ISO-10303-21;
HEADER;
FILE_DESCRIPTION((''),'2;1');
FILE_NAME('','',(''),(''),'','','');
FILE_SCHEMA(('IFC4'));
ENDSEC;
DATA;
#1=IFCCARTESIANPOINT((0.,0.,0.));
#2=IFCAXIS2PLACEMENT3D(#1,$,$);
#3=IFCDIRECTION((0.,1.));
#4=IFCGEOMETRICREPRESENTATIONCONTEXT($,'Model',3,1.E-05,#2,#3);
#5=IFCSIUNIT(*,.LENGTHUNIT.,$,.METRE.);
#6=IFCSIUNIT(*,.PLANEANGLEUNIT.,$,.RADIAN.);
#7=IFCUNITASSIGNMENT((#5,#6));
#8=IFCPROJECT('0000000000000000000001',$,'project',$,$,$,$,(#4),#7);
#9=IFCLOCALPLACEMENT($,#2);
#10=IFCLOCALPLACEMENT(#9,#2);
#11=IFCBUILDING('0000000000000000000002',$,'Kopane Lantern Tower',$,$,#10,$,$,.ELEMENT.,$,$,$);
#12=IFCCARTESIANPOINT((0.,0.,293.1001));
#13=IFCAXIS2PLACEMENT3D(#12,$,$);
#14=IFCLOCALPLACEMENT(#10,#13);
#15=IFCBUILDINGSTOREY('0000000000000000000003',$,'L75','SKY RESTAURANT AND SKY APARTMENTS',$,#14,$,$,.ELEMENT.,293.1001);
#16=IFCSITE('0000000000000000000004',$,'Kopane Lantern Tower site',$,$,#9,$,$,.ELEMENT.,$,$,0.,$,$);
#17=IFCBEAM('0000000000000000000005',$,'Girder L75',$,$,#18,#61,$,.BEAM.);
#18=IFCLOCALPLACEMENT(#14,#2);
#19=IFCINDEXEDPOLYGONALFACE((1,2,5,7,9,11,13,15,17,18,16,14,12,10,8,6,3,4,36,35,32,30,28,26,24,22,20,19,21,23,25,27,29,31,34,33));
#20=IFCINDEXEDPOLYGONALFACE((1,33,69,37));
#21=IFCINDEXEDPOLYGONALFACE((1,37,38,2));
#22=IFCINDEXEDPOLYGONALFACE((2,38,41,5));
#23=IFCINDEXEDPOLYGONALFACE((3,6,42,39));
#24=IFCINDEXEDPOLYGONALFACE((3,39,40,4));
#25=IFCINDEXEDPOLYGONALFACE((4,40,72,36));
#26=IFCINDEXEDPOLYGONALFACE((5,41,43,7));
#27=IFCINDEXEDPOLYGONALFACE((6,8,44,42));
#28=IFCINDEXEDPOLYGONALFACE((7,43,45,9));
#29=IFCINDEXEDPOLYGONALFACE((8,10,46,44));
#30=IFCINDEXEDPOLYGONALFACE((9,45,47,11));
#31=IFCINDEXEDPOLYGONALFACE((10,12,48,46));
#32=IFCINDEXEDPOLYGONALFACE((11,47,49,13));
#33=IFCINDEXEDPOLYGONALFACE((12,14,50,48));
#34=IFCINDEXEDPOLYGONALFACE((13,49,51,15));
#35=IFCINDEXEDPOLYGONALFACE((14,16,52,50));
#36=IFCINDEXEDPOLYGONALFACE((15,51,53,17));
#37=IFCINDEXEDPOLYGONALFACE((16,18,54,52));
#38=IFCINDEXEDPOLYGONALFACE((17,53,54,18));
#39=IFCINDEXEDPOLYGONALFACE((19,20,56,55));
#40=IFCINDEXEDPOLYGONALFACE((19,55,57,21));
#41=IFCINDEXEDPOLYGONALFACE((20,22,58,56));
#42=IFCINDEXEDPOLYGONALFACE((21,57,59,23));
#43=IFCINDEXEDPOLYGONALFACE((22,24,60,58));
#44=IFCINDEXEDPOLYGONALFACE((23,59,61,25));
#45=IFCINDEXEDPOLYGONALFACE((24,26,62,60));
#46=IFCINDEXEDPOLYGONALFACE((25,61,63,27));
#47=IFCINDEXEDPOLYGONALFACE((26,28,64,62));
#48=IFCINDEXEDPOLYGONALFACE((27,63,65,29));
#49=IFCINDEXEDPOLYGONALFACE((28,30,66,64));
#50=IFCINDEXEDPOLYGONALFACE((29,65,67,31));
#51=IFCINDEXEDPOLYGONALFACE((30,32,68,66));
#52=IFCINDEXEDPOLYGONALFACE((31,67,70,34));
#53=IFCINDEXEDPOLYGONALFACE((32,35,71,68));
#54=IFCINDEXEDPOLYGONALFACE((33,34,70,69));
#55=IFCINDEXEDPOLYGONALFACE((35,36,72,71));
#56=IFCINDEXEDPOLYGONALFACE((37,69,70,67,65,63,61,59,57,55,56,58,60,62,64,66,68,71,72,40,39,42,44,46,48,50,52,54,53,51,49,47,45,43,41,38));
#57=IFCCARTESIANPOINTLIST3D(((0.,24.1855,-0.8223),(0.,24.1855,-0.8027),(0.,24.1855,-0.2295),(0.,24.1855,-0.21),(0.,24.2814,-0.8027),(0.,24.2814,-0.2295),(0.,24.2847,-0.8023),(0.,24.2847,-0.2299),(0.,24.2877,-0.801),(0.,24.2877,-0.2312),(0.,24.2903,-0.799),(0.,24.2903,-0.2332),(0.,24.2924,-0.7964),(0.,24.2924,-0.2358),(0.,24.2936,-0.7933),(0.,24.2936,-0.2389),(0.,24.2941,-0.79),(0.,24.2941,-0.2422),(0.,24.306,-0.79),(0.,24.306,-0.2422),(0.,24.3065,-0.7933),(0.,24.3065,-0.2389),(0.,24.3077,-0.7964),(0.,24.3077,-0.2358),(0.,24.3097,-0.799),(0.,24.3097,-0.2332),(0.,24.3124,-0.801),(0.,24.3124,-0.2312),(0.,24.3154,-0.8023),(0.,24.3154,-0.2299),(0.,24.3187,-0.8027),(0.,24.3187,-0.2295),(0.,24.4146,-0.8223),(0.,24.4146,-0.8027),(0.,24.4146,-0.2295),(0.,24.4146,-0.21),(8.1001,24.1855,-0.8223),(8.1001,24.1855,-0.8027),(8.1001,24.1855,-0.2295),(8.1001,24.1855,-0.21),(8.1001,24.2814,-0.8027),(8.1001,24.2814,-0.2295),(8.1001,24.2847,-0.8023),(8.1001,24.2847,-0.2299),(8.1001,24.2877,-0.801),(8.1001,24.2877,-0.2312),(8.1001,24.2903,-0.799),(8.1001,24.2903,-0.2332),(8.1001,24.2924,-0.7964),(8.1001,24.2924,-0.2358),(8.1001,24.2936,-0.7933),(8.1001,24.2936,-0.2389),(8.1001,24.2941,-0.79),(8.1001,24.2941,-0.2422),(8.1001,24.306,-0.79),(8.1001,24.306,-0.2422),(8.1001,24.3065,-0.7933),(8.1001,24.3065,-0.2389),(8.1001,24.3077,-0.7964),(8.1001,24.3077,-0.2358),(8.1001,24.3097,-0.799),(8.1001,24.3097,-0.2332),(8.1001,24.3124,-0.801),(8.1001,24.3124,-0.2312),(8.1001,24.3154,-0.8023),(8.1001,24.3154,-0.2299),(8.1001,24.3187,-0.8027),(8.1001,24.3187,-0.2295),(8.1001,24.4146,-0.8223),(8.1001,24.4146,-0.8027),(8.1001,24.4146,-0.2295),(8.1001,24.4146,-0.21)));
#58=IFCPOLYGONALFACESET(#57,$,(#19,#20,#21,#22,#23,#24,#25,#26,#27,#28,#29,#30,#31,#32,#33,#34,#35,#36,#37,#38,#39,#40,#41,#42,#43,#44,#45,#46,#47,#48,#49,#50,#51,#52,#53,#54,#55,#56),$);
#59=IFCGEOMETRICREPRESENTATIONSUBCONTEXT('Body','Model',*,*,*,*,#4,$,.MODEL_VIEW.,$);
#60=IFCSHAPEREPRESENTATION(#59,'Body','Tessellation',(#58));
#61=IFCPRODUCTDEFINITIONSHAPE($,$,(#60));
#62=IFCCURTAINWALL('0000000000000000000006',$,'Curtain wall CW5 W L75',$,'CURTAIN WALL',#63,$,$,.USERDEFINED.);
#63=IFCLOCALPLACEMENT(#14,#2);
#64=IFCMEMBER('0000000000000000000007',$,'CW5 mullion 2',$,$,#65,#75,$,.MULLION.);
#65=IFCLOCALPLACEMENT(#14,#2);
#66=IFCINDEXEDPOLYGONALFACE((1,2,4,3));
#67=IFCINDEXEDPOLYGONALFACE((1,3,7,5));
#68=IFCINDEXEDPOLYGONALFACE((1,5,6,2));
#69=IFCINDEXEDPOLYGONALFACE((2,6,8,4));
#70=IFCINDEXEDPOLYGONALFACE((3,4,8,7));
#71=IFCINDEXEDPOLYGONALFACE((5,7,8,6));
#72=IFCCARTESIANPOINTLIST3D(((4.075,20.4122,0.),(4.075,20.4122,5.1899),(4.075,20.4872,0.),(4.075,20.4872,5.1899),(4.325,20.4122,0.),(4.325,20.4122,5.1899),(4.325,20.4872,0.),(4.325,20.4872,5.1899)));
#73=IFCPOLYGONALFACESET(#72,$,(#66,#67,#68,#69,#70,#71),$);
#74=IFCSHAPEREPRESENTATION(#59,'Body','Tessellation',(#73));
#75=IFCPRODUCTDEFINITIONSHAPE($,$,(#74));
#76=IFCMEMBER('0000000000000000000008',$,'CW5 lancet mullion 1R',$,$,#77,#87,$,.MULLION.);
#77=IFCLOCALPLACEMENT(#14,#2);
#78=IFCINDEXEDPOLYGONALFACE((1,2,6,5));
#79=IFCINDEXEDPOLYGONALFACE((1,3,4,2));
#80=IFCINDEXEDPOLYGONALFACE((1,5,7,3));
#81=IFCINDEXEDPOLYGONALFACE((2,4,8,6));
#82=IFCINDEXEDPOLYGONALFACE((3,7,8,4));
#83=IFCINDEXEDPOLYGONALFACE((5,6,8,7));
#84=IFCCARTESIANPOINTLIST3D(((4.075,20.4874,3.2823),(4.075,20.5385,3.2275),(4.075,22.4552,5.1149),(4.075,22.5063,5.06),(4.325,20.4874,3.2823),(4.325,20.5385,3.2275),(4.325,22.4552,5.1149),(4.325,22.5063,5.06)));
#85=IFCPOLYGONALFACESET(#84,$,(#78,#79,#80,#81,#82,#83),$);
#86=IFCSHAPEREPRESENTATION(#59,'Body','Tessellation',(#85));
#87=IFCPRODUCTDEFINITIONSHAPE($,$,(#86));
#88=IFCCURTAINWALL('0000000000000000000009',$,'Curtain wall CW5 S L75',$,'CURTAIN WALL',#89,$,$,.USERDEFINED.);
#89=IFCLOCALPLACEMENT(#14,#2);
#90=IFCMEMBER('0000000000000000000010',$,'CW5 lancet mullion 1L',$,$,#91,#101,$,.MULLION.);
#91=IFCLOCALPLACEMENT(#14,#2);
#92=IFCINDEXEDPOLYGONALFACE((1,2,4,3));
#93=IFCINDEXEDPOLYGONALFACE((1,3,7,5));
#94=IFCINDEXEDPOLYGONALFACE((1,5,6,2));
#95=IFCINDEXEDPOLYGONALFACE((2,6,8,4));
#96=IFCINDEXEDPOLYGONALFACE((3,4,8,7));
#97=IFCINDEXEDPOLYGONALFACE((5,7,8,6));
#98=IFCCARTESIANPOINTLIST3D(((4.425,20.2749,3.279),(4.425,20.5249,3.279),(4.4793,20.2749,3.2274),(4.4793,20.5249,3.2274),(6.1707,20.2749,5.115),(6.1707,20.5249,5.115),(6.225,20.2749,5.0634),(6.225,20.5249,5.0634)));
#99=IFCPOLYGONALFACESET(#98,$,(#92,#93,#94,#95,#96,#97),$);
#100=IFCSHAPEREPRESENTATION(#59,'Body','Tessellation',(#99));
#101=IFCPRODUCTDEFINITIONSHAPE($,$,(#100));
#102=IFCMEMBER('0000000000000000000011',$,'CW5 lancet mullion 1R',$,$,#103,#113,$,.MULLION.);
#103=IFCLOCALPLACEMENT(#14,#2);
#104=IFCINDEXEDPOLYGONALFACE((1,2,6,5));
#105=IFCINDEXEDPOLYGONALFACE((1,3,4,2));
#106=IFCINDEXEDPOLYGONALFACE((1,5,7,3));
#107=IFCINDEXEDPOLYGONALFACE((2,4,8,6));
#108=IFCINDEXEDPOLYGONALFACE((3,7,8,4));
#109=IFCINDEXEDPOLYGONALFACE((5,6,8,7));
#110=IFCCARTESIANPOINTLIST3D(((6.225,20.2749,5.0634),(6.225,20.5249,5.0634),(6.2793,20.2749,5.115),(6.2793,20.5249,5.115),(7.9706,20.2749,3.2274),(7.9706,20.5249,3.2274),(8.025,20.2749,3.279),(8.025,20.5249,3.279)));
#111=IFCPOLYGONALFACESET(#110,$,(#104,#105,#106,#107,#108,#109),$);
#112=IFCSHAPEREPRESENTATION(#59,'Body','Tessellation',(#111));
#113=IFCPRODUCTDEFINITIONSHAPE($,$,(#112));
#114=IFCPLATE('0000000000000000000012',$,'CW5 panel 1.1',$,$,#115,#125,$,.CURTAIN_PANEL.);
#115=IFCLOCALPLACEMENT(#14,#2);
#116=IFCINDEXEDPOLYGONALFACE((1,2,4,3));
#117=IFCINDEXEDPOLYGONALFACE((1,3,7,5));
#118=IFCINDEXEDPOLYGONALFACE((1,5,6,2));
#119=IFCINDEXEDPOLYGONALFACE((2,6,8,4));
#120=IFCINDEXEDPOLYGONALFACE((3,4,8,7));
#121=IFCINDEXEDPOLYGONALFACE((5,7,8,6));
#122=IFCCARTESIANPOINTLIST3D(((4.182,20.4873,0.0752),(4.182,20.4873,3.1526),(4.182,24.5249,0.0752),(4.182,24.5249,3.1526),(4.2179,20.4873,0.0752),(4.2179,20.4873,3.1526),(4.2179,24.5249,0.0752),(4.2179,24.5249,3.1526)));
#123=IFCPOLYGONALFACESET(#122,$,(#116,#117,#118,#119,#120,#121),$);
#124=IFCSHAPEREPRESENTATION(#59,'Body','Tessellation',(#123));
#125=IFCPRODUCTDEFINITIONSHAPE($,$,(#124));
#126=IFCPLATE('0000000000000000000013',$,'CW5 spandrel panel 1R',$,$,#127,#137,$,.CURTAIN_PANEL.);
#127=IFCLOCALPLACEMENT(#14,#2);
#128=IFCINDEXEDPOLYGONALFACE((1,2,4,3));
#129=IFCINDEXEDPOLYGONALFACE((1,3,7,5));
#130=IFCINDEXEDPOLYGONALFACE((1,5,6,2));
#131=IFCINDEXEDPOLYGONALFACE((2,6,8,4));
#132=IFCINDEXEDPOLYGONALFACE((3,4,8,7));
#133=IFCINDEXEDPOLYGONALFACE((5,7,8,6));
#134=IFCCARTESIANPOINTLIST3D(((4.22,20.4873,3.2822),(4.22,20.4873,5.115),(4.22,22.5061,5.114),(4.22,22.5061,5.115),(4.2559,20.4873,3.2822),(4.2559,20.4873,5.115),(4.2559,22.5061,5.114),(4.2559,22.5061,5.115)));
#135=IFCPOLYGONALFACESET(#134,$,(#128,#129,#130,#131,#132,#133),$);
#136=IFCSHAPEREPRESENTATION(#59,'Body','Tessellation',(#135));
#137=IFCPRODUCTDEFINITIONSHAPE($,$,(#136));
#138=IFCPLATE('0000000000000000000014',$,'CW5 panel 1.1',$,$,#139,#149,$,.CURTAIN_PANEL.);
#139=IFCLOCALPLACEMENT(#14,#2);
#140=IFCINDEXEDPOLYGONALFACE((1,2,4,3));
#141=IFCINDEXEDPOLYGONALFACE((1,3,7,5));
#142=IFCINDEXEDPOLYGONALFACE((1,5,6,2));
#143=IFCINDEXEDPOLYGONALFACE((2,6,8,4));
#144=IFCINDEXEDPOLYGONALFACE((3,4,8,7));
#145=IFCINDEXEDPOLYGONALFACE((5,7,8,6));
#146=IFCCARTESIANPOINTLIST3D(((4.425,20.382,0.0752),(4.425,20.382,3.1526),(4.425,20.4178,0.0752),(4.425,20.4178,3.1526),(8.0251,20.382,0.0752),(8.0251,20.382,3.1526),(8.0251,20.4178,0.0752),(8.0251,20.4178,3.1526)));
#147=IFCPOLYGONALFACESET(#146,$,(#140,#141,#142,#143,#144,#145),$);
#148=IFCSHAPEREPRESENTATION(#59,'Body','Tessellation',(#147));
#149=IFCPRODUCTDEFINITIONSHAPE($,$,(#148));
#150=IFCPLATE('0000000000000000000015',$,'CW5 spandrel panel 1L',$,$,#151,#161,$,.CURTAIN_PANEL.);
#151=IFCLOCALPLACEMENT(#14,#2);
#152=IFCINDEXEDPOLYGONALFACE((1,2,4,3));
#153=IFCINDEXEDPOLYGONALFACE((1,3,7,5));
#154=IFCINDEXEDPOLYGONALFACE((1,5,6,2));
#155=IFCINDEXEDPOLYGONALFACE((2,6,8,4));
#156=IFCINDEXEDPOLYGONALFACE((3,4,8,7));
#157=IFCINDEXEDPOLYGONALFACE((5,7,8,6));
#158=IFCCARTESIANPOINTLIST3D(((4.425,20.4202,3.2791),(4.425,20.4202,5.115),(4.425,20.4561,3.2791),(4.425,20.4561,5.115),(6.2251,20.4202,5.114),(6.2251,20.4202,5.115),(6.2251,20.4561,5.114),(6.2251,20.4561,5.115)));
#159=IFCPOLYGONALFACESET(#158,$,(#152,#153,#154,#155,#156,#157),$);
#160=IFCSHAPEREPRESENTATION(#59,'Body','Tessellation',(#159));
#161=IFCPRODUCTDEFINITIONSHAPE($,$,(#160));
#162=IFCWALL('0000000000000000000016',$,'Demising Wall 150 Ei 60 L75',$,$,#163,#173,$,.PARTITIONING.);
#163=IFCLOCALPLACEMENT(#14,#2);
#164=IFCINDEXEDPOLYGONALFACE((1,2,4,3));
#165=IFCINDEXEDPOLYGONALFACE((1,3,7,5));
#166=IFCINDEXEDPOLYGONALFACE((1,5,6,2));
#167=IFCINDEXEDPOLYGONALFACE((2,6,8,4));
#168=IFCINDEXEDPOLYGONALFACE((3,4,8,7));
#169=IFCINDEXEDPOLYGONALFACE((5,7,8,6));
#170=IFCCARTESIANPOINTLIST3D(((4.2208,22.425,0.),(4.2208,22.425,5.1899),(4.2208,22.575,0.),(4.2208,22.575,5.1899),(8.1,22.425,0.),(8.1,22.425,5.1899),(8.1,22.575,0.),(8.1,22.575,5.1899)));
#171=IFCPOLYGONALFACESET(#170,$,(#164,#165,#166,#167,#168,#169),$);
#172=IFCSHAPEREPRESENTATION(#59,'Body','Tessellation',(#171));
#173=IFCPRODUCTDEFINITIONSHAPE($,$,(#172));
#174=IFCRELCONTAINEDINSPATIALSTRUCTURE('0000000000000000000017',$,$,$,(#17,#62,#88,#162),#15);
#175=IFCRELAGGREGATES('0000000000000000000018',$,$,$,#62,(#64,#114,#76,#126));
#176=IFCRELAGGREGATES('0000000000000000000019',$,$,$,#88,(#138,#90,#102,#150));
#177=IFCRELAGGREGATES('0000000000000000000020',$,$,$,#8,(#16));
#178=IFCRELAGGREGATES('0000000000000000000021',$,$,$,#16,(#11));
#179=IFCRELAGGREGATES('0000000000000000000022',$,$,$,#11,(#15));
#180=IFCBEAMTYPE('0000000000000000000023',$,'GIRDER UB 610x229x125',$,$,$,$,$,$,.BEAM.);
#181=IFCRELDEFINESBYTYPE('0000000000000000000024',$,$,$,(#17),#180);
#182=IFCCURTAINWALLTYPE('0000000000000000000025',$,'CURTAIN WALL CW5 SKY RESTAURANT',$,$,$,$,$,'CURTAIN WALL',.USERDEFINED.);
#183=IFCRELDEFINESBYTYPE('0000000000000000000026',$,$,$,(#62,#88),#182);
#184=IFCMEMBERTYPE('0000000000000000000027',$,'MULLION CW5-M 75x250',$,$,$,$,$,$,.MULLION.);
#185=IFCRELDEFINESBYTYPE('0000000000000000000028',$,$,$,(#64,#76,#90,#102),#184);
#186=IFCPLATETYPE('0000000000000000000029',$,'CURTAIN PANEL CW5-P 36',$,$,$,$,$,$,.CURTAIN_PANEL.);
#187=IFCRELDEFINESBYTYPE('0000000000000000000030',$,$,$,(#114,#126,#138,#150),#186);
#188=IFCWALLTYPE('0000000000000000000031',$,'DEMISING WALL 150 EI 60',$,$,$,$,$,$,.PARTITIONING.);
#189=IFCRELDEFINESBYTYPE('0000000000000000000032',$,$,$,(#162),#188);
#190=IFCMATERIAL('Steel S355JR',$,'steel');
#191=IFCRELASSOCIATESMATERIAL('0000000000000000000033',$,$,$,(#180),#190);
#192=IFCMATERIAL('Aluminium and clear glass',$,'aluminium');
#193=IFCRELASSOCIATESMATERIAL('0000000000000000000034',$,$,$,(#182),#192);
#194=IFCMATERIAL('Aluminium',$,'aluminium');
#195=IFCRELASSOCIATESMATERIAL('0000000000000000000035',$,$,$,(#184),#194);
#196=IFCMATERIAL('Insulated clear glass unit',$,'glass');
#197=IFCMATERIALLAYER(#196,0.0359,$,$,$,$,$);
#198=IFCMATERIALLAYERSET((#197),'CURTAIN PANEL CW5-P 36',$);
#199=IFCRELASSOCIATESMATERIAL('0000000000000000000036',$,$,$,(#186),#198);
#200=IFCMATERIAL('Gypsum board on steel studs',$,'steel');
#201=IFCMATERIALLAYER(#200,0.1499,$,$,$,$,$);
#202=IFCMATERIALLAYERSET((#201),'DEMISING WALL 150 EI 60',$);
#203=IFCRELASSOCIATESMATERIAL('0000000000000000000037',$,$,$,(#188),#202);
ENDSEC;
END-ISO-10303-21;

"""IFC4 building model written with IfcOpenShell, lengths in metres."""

from ifc_helpers import new_model, si_unit, direction, frame, frame_2d, origin, origin_2d, place, context, subcontext, project, spatial, polyline, rectangle, i_section, outline, extrude, material, layer, layer_set, material_profile, profile_set, type_object, element, aggregate, save


model = new_model("IFC4")

# Units and contexts
model_context = context("Model", 3, precision=1e-05, world=origin(), true_north=direction((0.0, 1.0)))
body_context = subcontext(model_context, "Body", "Model", "MODEL_VIEW")
ifc_project = project(units=[si_unit("LENGTHUNIT", "METRE"), si_unit("PLANEANGLEUNIT", "RADIAN")], contexts=[model_context])

# Site, building, storey
site_placement = place(None, origin())
site = spatial("IfcSite", under=ifc_project, at=site_placement, Name="Kopane Lantern Tower site", CompositionType="ELEMENT", RefElevation=0.0)
building_placement = place(site_placement, origin())
building = spatial("IfcBuilding", under=site, at=building_placement, Name="Kopane Lantern Tower", CompositionType="ELEMENT")
storey_placement = place(building_placement, frame((0.0, 0.0, 293.1001)))
storey = spatial("IfcBuildingStorey", under=building, at=storey_placement, Name="L75", Description="SKY RESTAURANT AND SKY APARTMENTS", CompositionType="ELEMENT", Elevation=293.1001)

# Beam
ifc_material_1 = material(Name="Steel S355JR", Category="steel")
ifc_material_profile_1 = material_profile(ifc_material_1, i_section(OverallWidth=0.229, OverallDepth=0.6123, WebThickness=0.012, FlangeThickness=0.0195, FilletRadius=0.0127, at=origin_2d()), Name="UB 610x229x125")
ifc_profile_set_1 = profile_set([ifc_material_profile_1], Name="Steel S355JR")
beam_type_1 = type_object("IfcBeamType", Name="GIRDER UB 610x229x125", PredefinedType="BEAM", material=ifc_profile_set_1)
beam_1_placement = place(storey_placement, frame((0.0, 24.3, -0.5161), z_axis=(1.0, 0.0, 0.0), x_axis=(0.0, 1.0, 0.0)))
element("IfcBeam", 1, at=beam_1_placement, inside=storey, type_object=beam_type_1, Name="Girder L75", PredefinedType="BEAM", context=body_context, shape_type="SweptSolid", body=[
    extrude(i_section(OverallWidth=0.229, OverallDepth=0.6123, WebThickness=0.012, FlangeThickness=0.0195, FilletRadius=0.0127, at=origin_2d()), origin(), (0.0, 0.0, 1.0), 8.1001),
])

# Curtain walls, members
ifc_material_2 = material(Name="Aluminium and clear glass", Category="aluminium")
curtain_wall_type = type_object("IfcCurtainWallType", Name="CURTAIN WALL CW5 SKY RESTAURANT", ElementType="CURTAIN WALL", PredefinedType="USERDEFINED", material=ifc_material_2)
curtain_wall_1_placement = place(storey_placement, origin())
curtain_wall_1 = element("IfcCurtainWall", 2, at=curtain_wall_1_placement, inside=storey, type_object=curtain_wall_type, Name="Curtain wall CW5 W L75", ObjectType="CURTAIN WALL", PredefinedType="USERDEFINED")
ifc_material_3 = material(Name="Aluminium", Category="aluminium")
ifc_material_profile_2 = material_profile(ifc_material_3, rectangle(XDim=0.075, YDim=0.25, at=origin_2d()), Name="AL 75x250")
ifc_profile_set_2 = profile_set([ifc_material_profile_2], Name="Aluminium")
member_type = type_object("IfcMemberType", Name="MULLION CW5-M 75x250", PredefinedType="MULLION", material=ifc_profile_set_2)
member_1_placement = place(storey_placement, frame((4.2, 20.4497, 0.0), z_axis=(0.0, 0.0, 1.0), x_axis=(0.0, -1.0, 0.0)))
member_1 = element("IfcMember", 3, at=member_1_placement, type_object=member_type, Name="CW5 mullion 2", PredefinedType="MULLION", context=body_context, shape_type="SweptSolid", body=[
    extrude(rectangle(XDim=0.075, YDim=0.25, at=origin_2d()), origin(), (0.0, 0.0, 1.0), 5.1899),
])
member_2_placement = place(storey_placement, frame((4.2, 20.5129, 3.2549), z_axis=(0.0, 0.73181, 0.681509), x_axis=(0.0, -0.681509, 0.73181)))
member_2 = element("IfcMember", 4, at=member_2_placement, type_object=member_type, Name="CW5 lancet mullion 1R", PredefinedType="MULLION", context=body_context, shape_type="SweptSolid", body=[
    extrude(rectangle(XDim=0.075, YDim=0.25, at=origin_2d()), origin(), (0.0, 0.0, 1.0), 2.689),
])
curtain_wall_2_placement = place(storey_placement, origin())
curtain_wall_2 = element("IfcCurtainWall", 5, at=curtain_wall_2_placement, inside=storey, type_object=curtain_wall_type, Name="Curtain wall CW5 S L75", ObjectType="CURTAIN WALL", PredefinedType="USERDEFINED")
member_3_placement = place(storey_placement, frame((4.4521, 20.3999, 3.2532), z_axis=(0.689053, 0.0, 0.724711), x_axis=(-0.724711, 0.0, 0.689053)))
member_3 = element("IfcMember", 6, at=member_3_placement, type_object=member_type, Name="CW5 lancet mullion 1L", PredefinedType="MULLION", context=body_context, shape_type="SweptSolid", body=[
    extrude(rectangle(XDim=0.075, YDim=0.25, at=origin_2d()), origin(), (0.0, 0.0, 1.0), 2.5334),
])
member_4_placement = place(storey_placement, frame((7.9978, 20.3999, 3.2532), z_axis=(-0.689053, 0.0, 0.724711), x_axis=(0.724711, 0.0, 0.689053)))
member_4 = element("IfcMember", 7, at=member_4_placement, type_object=member_type, Name="CW5 lancet mullion 1R", PredefinedType="MULLION", context=body_context, shape_type="SweptSolid", body=[
    extrude(rectangle(XDim=0.075, YDim=0.25, at=origin_2d()), origin(), (0.0, 0.0, 1.0), 2.5334),
])

# Plates
ifc_material_4 = material(Name="Insulated clear glass unit", Category="glass")
ifc_layer_1 = layer(ifc_material_4, 0.0359)
ifc_layer_set_1 = layer_set([ifc_layer_1], Name="CURTAIN PANEL CW5-P 36")
plate_type = type_object("IfcPlateType", Name="CURTAIN PANEL CW5-P 36", PredefinedType="CURTAIN_PANEL", material=ifc_layer_set_1)
plate_1_placement = place(storey_placement, frame((4.2, 22.5061, 0.0752), z_axis=(0.0, 0.0, 1.0), x_axis=(0.0, -1.0, 0.0)))
plate_1 = element("IfcPlate", 8, at=plate_1_placement, type_object=plate_type, Name="CW5 panel 1.1", PredefinedType="CURTAIN_PANEL", context=body_context, shape_type="SweptSolid", body=[
    extrude(rectangle(XDim=4.0376, YDim=0.0359, at=origin_2d()), origin(), (0.0, 0.0, 1.0), 3.0774),
])
plate_2_placement = place(storey_placement, frame((4.238, 20.4873, 5.115), z_axis=(0.0, 0.0, 1.0), x_axis=(0.0, 1.0, 0.0)))
plate_2 = element("IfcPlate", 9, at=plate_2_placement, type_object=plate_type, Name="CW5 spandrel panel 1R", PredefinedType="CURTAIN_PANEL", context=body_context, shape_type="SweptSolid", body=[
    extrude(outline(polyline([(0.0, 0.0), (2.0188, 0.0), (2.0188, -0.001), (0.0, -1.8328), (0.0, 0.0)])), frame((0.0, 0.0181, 0.0), z_axis=(0.0, -1.0, 0.0), x_axis=(1.0, 0.0, 0.0)), (0.0, 0.0, 1.0), 0.0359),
])
aggregate(curtain_wall_1, [member_1, plate_1, member_2, plate_2])
plate_3_placement = place(storey_placement, frame((6.2251, 20.3999, 0.0752), z_axis=(0.0, 0.0, 1.0), x_axis=(1.0, 0.0, 0.0)))
plate_3 = element("IfcPlate", 10, at=plate_3_placement, type_object=plate_type, Name="CW5 panel 1.1", PredefinedType="CURTAIN_PANEL", context=body_context, shape_type="SweptSolid", body=[
    extrude(rectangle(XDim=3.6001, YDim=0.0359, at=origin_2d()), origin(), (0.0, 0.0, 1.0), 3.0774),
])
plate_4_placement = place(storey_placement, frame((4.425, 20.438, 5.115), z_axis=(0.0, 0.0, 1.0), x_axis=(1.0, 0.0, 0.0)))
plate_4 = element("IfcPlate", 11, at=plate_4_placement, type_object=plate_type, Name="CW5 spandrel panel 1L", PredefinedType="CURTAIN_PANEL", context=body_context, shape_type="SweptSolid", body=[
    extrude(outline(polyline([(0.0, 0.0), (1.8, 0.0), (1.8, -0.001), (0.0, -1.8359), (0.0, 0.0)])), frame((0.0, 0.0181, 0.0), z_axis=(0.0, -1.0, 0.0), x_axis=(1.0, 0.0, 0.0)), (0.0, 0.0, 1.0), 0.0359),
])
aggregate(curtain_wall_2, [plate_3, member_3, member_4, plate_4])

# Wall
ifc_material_5 = material(Name="Gypsum board on steel studs", Category="steel")
ifc_layer_2 = layer(ifc_material_5, 0.1499)
ifc_layer_set_2 = layer_set([ifc_layer_2], Name="DEMISING WALL 150 EI 60")
wall_type = type_object("IfcWallType", Name="DEMISING WALL 150 EI 60", PredefinedType="PARTITIONING", material=ifc_layer_set_2)
wall_placement = place(storey_placement, frame((4.2209, 22.5, 0.0), z_axis=(0.0, 0.0, 1.0), x_axis=(1.0, 0.0, 0.0)))
element("IfcWall", 12, at=wall_placement, inside=storey, type_object=wall_type, Name="Demising Wall 150 Ei 60 L75", PredefinedType="PARTITIONING", context=body_context, shape_type="SweptSolid", body=[
    extrude(rectangle(XDim=3.8792, YDim=0.1499, at=frame_2d((1.9395, 0.0))), origin(), (0.0, 0.0, 1.0), 5.1899),
])

save(model, "model.ifc")
